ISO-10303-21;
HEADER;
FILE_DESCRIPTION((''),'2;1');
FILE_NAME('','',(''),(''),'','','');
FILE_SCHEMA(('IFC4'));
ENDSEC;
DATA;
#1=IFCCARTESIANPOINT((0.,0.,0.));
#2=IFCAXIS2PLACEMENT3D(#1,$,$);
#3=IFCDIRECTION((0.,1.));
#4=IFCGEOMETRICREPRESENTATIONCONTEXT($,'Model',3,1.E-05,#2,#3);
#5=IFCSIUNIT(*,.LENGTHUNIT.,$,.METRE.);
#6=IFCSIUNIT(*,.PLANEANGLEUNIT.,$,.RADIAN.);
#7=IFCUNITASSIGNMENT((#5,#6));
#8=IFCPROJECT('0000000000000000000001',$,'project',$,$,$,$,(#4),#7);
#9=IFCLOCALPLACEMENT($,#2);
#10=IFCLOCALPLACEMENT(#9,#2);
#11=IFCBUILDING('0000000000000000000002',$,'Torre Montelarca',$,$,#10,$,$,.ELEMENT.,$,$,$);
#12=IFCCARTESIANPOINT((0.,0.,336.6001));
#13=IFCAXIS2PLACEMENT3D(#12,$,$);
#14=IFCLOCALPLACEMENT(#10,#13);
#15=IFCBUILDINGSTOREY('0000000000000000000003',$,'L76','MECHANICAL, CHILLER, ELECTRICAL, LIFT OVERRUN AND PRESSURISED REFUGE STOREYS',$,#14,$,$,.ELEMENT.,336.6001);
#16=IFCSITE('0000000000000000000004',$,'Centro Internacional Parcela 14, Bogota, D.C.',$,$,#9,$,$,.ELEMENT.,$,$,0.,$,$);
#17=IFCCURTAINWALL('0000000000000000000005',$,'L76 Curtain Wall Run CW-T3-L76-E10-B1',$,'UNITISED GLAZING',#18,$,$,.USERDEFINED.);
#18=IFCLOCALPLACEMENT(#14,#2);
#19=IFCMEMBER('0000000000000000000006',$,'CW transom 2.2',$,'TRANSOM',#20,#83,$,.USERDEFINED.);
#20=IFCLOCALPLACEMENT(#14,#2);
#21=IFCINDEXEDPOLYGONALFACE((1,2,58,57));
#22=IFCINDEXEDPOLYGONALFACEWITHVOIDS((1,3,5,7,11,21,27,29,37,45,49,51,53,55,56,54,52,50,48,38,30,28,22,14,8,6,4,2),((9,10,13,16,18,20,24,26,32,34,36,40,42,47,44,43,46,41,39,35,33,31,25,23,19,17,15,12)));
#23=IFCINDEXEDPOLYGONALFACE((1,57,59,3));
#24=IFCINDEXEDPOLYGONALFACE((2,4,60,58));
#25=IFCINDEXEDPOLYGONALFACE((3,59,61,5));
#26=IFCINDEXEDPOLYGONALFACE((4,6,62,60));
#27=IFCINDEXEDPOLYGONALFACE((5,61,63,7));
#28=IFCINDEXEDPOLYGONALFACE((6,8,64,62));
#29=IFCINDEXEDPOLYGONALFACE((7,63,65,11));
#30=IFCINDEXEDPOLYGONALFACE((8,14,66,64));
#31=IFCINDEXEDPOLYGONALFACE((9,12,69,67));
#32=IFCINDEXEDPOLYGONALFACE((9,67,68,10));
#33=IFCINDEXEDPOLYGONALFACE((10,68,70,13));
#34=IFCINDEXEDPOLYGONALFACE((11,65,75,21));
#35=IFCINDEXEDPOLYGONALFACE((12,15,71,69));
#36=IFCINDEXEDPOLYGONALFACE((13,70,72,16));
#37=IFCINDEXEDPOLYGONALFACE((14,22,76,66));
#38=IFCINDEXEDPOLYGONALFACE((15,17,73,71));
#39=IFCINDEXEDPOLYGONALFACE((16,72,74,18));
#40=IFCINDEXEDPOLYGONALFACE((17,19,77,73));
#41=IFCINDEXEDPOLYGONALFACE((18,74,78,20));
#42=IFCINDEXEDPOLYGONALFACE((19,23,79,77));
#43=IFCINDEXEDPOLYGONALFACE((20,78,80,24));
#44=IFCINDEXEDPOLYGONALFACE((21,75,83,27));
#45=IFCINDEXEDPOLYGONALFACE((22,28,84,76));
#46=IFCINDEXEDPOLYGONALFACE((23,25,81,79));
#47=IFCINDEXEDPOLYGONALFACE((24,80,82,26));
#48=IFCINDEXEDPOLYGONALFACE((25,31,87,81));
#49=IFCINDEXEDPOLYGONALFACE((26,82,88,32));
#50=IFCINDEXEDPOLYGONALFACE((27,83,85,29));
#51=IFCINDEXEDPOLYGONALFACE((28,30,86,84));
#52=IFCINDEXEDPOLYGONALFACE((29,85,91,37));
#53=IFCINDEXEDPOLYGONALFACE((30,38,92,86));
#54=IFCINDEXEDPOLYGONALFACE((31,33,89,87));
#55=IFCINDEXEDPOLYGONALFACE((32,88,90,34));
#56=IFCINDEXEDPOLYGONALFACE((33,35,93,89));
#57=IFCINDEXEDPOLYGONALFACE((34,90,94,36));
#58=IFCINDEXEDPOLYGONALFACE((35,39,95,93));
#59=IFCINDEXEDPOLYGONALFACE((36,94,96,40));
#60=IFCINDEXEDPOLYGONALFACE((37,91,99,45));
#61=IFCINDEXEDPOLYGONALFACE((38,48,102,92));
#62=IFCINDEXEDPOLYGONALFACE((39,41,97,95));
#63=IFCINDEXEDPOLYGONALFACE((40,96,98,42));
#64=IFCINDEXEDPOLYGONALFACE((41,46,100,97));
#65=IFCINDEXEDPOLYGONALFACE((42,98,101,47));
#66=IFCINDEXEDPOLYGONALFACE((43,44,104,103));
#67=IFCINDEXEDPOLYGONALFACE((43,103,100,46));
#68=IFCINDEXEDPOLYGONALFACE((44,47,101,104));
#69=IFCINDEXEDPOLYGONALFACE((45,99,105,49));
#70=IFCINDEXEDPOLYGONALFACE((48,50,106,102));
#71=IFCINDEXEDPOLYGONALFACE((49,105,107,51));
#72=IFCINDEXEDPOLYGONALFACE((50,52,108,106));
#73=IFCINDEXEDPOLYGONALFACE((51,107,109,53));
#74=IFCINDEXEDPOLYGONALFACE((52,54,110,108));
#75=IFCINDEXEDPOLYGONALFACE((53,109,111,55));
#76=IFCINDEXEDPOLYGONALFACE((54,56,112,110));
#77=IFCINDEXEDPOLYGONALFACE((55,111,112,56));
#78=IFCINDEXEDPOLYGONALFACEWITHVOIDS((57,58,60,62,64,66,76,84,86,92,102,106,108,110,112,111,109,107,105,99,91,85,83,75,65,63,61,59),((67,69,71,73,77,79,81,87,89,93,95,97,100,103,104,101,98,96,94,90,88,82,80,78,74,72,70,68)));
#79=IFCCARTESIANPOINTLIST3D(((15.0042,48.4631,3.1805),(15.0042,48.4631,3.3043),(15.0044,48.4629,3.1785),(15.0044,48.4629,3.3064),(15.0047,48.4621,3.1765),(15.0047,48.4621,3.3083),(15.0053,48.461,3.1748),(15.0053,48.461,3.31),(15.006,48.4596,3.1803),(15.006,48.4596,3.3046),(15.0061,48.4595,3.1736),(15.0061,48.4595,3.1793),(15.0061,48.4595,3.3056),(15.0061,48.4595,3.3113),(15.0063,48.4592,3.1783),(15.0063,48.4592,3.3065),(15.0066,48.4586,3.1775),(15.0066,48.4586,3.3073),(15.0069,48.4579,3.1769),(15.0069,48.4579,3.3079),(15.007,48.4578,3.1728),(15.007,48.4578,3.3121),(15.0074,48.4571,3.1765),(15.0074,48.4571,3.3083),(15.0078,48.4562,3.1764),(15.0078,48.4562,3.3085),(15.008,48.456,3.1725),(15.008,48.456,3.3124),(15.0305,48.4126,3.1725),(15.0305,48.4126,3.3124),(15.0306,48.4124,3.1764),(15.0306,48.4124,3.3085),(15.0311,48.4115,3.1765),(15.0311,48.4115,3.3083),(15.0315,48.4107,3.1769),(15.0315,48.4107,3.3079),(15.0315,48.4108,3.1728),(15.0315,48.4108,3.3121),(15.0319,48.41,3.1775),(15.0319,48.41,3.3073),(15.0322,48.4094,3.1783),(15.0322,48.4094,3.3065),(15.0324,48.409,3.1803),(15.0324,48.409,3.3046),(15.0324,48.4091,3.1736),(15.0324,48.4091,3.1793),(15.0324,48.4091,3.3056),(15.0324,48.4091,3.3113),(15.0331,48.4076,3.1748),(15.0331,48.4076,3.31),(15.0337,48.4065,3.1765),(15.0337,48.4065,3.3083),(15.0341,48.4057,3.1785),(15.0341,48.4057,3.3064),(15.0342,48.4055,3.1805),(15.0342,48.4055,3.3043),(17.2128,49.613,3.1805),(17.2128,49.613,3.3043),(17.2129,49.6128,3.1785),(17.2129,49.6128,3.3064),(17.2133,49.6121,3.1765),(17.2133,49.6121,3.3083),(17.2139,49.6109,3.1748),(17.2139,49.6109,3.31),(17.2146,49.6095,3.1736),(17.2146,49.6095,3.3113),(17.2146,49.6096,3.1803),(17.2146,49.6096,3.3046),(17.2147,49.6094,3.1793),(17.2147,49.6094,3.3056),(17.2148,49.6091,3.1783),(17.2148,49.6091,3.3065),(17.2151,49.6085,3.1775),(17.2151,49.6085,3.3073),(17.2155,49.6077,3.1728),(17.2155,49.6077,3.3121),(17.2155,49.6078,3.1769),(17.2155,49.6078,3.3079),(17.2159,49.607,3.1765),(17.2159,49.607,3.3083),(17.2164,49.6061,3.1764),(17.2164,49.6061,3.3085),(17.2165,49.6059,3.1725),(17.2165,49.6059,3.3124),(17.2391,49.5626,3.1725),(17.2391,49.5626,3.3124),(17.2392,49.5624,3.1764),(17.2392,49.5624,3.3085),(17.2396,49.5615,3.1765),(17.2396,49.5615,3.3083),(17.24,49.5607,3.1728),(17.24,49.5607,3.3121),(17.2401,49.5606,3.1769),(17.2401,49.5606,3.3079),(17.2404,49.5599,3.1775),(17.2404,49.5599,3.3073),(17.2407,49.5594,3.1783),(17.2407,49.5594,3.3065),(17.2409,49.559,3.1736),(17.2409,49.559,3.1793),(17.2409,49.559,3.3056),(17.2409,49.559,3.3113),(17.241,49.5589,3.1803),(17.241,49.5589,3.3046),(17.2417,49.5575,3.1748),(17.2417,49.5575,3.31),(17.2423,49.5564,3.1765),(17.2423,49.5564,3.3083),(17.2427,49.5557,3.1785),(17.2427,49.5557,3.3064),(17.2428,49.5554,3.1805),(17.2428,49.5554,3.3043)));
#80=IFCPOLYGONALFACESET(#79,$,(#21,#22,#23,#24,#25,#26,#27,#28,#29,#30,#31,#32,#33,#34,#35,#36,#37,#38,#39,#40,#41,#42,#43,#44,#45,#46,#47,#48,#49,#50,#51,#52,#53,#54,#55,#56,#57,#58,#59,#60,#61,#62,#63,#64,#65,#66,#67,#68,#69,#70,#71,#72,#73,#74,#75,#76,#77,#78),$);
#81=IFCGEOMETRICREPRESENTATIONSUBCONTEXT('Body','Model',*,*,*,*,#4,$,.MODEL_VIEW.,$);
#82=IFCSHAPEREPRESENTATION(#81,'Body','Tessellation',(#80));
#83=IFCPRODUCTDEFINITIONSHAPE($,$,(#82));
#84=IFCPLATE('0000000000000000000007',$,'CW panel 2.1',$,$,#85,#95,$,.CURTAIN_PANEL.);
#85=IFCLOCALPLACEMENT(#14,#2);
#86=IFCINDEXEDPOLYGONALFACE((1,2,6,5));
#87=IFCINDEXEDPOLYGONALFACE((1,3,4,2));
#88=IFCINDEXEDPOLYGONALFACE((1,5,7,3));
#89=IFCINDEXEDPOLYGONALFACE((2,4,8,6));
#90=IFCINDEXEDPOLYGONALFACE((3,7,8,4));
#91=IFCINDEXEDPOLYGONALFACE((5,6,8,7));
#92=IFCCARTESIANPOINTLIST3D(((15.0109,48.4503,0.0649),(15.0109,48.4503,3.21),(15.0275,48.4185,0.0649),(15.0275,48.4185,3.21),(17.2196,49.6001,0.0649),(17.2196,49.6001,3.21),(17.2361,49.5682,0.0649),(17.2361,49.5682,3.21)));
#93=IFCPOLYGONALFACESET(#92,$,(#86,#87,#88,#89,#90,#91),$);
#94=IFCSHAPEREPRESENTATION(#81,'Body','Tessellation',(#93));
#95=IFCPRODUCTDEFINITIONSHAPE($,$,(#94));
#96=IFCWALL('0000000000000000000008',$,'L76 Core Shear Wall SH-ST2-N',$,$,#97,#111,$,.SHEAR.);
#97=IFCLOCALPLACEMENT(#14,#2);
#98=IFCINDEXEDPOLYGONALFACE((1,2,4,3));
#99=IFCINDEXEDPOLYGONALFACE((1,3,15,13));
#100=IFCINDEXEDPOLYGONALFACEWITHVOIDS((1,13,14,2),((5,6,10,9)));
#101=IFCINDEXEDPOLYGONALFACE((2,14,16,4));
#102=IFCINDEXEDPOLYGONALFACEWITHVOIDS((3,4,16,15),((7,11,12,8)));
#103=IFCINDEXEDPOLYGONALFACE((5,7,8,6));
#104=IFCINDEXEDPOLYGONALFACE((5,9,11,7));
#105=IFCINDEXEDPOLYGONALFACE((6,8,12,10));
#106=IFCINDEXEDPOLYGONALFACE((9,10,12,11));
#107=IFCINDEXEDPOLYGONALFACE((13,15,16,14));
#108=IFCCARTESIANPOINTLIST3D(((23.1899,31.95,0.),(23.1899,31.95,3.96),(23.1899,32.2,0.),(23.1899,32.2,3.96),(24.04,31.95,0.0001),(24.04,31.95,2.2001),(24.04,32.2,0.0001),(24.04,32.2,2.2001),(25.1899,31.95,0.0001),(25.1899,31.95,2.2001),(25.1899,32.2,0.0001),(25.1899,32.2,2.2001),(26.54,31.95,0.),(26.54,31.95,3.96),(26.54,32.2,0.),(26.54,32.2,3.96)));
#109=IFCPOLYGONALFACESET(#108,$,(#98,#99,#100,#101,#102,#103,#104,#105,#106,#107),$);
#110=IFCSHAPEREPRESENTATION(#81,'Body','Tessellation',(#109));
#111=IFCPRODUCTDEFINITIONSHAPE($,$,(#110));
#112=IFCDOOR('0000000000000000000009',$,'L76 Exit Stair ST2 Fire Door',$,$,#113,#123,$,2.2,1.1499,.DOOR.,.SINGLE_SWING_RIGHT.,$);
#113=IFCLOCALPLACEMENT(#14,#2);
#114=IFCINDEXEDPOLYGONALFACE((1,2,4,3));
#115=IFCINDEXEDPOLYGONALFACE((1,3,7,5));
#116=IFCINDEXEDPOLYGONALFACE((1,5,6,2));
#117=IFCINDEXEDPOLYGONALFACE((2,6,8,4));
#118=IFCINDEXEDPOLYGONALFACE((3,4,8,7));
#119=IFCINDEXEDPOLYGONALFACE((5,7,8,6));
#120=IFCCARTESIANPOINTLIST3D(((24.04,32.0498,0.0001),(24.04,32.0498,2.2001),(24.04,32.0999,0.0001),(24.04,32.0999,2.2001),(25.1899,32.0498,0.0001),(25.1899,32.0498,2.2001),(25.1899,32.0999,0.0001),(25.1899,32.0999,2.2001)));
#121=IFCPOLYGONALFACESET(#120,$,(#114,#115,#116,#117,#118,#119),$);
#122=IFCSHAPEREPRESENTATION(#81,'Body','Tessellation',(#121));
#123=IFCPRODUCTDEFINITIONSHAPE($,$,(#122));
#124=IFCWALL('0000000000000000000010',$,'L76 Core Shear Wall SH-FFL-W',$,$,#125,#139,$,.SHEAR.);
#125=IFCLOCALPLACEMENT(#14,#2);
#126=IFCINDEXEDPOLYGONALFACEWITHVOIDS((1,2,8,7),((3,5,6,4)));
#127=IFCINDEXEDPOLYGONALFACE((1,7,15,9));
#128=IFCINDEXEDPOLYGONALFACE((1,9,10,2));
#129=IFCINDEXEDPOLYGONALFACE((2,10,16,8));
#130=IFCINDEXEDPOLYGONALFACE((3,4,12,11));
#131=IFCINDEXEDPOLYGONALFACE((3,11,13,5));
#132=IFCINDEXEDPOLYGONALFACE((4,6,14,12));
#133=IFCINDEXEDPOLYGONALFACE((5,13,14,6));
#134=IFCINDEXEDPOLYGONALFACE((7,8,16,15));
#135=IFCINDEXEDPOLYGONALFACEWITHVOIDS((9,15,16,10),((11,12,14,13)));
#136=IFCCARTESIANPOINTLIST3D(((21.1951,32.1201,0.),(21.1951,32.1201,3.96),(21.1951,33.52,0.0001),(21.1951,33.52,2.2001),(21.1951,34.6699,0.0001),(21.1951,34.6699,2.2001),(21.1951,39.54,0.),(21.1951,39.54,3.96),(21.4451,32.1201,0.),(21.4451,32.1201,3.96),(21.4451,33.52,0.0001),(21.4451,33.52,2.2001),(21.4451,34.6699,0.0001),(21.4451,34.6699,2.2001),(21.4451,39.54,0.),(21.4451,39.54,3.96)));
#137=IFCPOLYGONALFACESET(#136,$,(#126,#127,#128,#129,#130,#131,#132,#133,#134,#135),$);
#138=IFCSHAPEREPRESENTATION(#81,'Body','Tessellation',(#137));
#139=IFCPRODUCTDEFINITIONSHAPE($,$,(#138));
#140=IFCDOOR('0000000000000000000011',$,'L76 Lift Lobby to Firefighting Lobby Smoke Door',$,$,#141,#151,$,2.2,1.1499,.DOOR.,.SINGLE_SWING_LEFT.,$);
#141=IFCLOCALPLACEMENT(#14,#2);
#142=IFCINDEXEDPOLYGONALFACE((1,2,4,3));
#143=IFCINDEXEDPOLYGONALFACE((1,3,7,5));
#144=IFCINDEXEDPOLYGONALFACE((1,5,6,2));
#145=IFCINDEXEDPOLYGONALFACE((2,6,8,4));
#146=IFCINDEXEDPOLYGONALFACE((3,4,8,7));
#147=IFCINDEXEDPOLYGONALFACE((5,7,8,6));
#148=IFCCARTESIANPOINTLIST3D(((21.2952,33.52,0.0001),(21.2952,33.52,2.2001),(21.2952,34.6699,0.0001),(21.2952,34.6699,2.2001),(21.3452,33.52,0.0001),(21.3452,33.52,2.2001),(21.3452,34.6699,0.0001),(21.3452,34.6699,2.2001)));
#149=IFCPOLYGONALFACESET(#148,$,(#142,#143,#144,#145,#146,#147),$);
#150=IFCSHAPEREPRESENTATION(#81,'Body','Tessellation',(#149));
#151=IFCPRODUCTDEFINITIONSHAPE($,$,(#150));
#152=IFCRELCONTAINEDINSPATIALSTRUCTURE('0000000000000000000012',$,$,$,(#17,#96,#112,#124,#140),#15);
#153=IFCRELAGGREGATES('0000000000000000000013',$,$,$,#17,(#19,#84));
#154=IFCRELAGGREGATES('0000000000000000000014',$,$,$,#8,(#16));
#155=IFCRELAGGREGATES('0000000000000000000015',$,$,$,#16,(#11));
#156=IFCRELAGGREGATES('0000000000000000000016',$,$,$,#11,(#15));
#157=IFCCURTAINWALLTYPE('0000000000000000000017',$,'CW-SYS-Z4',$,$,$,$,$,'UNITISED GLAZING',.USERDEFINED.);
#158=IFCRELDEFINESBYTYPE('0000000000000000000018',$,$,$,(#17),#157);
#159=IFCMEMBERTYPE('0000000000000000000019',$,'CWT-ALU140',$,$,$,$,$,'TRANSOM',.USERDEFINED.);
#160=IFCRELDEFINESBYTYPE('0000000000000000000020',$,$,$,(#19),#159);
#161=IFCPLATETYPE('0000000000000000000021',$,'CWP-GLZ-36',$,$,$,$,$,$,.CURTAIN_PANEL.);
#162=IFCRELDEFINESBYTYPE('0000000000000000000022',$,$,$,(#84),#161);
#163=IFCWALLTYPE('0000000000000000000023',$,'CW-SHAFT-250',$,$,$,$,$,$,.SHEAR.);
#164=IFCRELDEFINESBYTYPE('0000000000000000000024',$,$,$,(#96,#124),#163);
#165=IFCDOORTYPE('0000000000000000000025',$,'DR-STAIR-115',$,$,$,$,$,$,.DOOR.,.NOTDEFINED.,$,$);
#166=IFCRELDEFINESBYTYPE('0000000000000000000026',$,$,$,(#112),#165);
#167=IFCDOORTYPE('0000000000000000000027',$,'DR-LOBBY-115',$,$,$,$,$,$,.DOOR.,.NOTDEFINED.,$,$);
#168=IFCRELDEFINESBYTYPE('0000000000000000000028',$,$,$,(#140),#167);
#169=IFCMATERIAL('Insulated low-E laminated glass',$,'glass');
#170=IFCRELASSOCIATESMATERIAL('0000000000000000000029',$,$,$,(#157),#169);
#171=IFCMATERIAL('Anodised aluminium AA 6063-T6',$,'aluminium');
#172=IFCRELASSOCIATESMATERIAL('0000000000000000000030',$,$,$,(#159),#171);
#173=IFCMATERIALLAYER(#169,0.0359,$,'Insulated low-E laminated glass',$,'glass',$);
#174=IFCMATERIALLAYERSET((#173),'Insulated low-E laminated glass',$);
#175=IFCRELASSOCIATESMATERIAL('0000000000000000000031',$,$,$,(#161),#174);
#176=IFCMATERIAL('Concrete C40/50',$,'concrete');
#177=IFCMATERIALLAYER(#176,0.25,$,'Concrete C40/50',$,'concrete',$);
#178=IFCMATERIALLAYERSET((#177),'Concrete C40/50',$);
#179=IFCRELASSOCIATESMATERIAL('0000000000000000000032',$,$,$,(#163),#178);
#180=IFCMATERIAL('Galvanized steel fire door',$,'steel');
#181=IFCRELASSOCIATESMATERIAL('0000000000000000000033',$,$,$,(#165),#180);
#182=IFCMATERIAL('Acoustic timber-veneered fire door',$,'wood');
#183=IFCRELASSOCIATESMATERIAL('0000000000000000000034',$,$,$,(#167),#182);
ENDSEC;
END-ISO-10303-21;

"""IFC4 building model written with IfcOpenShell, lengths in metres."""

from ifc_helpers import new_model, si_unit, direction, frame, frame_2d, origin, origin_2d, place, context, subcontext, project, spatial, rectangle, hollow_rectangle, extrude, source, transform, mapped, material, layer, layer_set, material_profile, profile_set, type_object, element, fill, aggregate, save


model = new_model("IFC4")

# Units and contexts
model_context = context("Model", 3, precision=1e-05, world=origin(), true_north=direction((0.0, 1.0)))
body_context = subcontext(model_context, "Body", "Model", "MODEL_VIEW")
ifc_project = project(units=[si_unit("LENGTHUNIT", "METRE"), si_unit("PLANEANGLEUNIT", "RADIAN")], contexts=[model_context])

# Site, building, storey
site_placement = place(None, origin())
site = spatial("IfcSite", under=ifc_project, at=site_placement, Name="Centro Internacional Parcela 14, Bogota, D.C.", CompositionType="ELEMENT", RefElevation=0.0)
building_placement = place(site_placement, origin())
building = spatial("IfcBuilding", under=site, at=building_placement, Name="Torre Montelarca", CompositionType="ELEMENT")
storey_placement = place(building_placement, frame((0.0, 0.0, 336.6001)))
storey = spatial("IfcBuildingStorey", under=building, at=storey_placement, Name="L76", Description="MECHANICAL, CHILLER, ELECTRICAL, LIFT OVERRUN AND PRESSURISED REFUGE STOREYS", CompositionType="ELEMENT", Elevation=336.6001)

# Curtain wall, member, plate
ifc_material_1 = material(Name="Insulated low-E laminated glass", Category="glass")
curtain_wall_type = type_object("IfcCurtainWallType", Name="CW-SYS-Z4", ElementType="UNITISED GLAZING", PredefinedType="USERDEFINED", material=ifc_material_1)
curtain_wall_placement = place(storey_placement, origin())
curtain_wall = element("IfcCurtainWall", 1, at=curtain_wall_placement, inside=storey, type_object=curtain_wall_type, Name="L76 Curtain Wall Run CW-T3-L76-E10-B1", ObjectType="UNITISED GLAZING", PredefinedType="USERDEFINED")
ifc_material_2 = material(Name="Anodised aluminium AA 6063-T6", Category="aluminium")
ifc_material_profile_1 = material_profile(ifc_material_2, hollow_rectangle(XDim=0.0649, YDim=0.1399, WallThickness=0.0039, InnerFilletRadius=0.0039, OuterFilletRadius=0.0081, at=origin_2d()), Name="ALU65X140X4", Category="aluminium")
ifc_profile_set_1 = profile_set([ifc_material_profile_1], Name="Anodised aluminium AA 6063-T6")
member_type_1 = type_object("IfcMemberType", Name="CWT-ALU140", ElementType="TRANSOM", PredefinedType="USERDEFINED", material=ifc_profile_set_1)
shared_shape_1 = source(origin(), body_context, "Body", "SweptSolid", [
    extrude(hollow_rectangle(XDim=0.0649, YDim=0.1399, WallThickness=0.0039, InnerFilletRadius=0.0039, OuterFilletRadius=0.0081, at=origin_2d()), origin(), (0.0, 0.0, 1.0), 2.49),
])
member_1_placement = place(storey_placement, frame((17.2278, 49.5842, 3.2424), z_axis=(-0.886973, -0.461822, 0.0), x_axis=(0.461822, -0.886973, 0.0)))
member_1 = element("IfcMember", 2, at=member_1_placement, type_object=member_type_1, Name="CW transom 2.2", ObjectType="TRANSOM", PredefinedType="USERDEFINED", context=body_context, shape_type="MappedRepresentation", body=[
    mapped(shared_shape_1, transform((0.0, 0.0, 0.0), scale=1.0)),
])
ifc_layer_1 = layer(ifc_material_1, 0.0359, Name="Insulated low-E laminated glass", Category="glass")
ifc_layer_set_1 = layer_set([ifc_layer_1], Name="Insulated low-E laminated glass")
plate_type = type_object("IfcPlateType", Name="CWP-GLZ-36", PredefinedType="CURTAIN_PANEL", material=ifc_layer_set_1)
shared_shape_2 = source(origin(), body_context, "Body", "SweptSolid", [
    extrude(rectangle(XDim=2.49, YDim=0.0359, at=origin_2d()), origin(), (0.0, 0.0, 1.0), 3.145),
])
plate_placement = place(storey_placement, frame((16.1235, 49.0093, 0.0649), z_axis=(0.0, 0.0, 1.0), x_axis=(-0.887007, -0.461756, 0.0)))
plate = element("IfcPlate", 3, at=plate_placement, type_object=plate_type, Name="CW panel 2.1", PredefinedType="CURTAIN_PANEL", context=body_context, shape_type="MappedRepresentation", body=[
    mapped(shared_shape_2, transform((0.0, 0.0, 0.0), scale=1.0)),
])
aggregate(curtain_wall, [member_1, plate])

# Walls, openings, doors
ifc_material_3 = material(Name="Concrete C40/50", Category="concrete")
ifc_layer_2 = layer(ifc_material_3, 0.25, Name="Concrete C40/50", Category="concrete")
ifc_layer_set_2 = layer_set([ifc_layer_2], Name="Concrete C40/50")
wall_type_1 = type_object("IfcWallType", Name="CW-SHAFT-250", PredefinedType="SHEAR", material=ifc_layer_set_2)
wall_1_placement = place(storey_placement, frame((23.1899, 32.075, 0.0), z_axis=(0.0, 0.0, 1.0), x_axis=(1.0, 0.0, 0.0)))
wall_1 = element("IfcWall", 4, at=wall_1_placement, inside=storey, type_object=wall_type_1, Name="L76 Core Shear Wall SH-ST2-N", PredefinedType="SHEAR", context=body_context, shape_type="SweptSolid", body=[
    extrude(rectangle(XDim=3.3501, YDim=0.25, at=frame_2d((1.675, 0.0))), origin(), (0.0, 0.0, 1.0), 3.96),
])
opening_1_placement = place(wall_1_placement, frame((0.8501, 0.0, 0.0)))
opening_1 = element("IfcOpeningElement", 5, at=opening_1_placement, cuts=wall_1, PredefinedType="OPENING", context=body_context, shape_type="SweptSolid", body=[
    extrude(rectangle(XDim=1.1499, YDim=2.2, at=frame_2d((0.575, 1.1001))), frame((0.0, 0.135, 0.0), z_axis=(0.0, -1.0, 0.0), x_axis=(1.0, 0.0, 0.0)), (0.0, 0.0, 1.0), 0.27),
])
ifc_material_4 = material(Name="Galvanized steel fire door", Category="steel")
door_type_1 = type_object("IfcDoorType", Name="DR-STAIR-115", OperationType="NOTDEFINED", PredefinedType="DOOR", material=ifc_material_4)
shared_shape_3 = source(origin(), body_context, "Body", "SweptSolid", [
    extrude(rectangle(XDim=1.1499, YDim=2.2, at=frame_2d((0.575, 1.1001))), frame((0.0, 0.0249, 0.0), z_axis=(0.0, -1.0, 0.0), x_axis=(1.0, 0.0, 0.0)), (0.0, 0.0, 1.0), 0.05),
])
door_1_placement = place(opening_1_placement, origin())
door_1 = element("IfcDoor", 6, at=door_1_placement, inside=storey, type_object=door_type_1, Name="L76 Exit Stair ST2 Fire Door", OperationType="SINGLE_SWING_RIGHT", OverallHeight=2.2, OverallWidth=1.1499, PredefinedType="DOOR", context=body_context, shape_type="MappedRepresentation", body=[
    mapped(shared_shape_3, transform((0.0, 0.0, 0.0), scale=1.0)),
])
fill(opening_1, door_1)
wall_2_placement = place(storey_placement, frame((21.3201, 32.1201, 0.0), z_axis=(0.0, 0.0, 1.0), x_axis=(0.0, 1.0, 0.0)))
wall_2 = element("IfcWall", 7, at=wall_2_placement, inside=storey, type_object=wall_type_1, Name="L76 Core Shear Wall SH-FFL-W", PredefinedType="SHEAR", context=body_context, shape_type="SweptSolid", body=[
    extrude(rectangle(XDim=7.4199, YDim=0.25, at=frame_2d((3.71, 0.0))), origin(), (0.0, 0.0, 1.0), 3.96),
])
opening_2_placement = place(wall_2_placement, frame((1.3999, 0.0, 0.0)))
opening_2 = element("IfcOpeningElement", 8, at=opening_2_placement, cuts=wall_2, PredefinedType="OPENING", context=body_context, shape_type="SweptSolid", body=[
    extrude(rectangle(XDim=1.1499, YDim=2.2, at=frame_2d((0.575, 1.1001))), frame((0.0, 0.135, 0.0), z_axis=(0.0, -1.0, 0.0), x_axis=(1.0, 0.0, 0.0)), (0.0, 0.0, 1.0), 0.27),
])
ifc_material_5 = material(Name="Acoustic timber-veneered fire door", Category="wood")
door_type_2 = type_object("IfcDoorType", Name="DR-LOBBY-115", OperationType="NOTDEFINED", PredefinedType="DOOR", material=ifc_material_5)
shared_shape_4 = source(origin(), body_context, "Body", "SweptSolid", [
    extrude(rectangle(XDim=1.1499, YDim=2.2, at=frame_2d((0.575, 1.1001))), frame((0.0, 0.0249, 0.0), z_axis=(0.0, -1.0, 0.0), x_axis=(1.0, 0.0, 0.0)), (0.0, 0.0, 1.0), 0.05),
])
door_2_placement = place(opening_2_placement, origin())
door_2 = element("IfcDoor", 9, at=door_2_placement, inside=storey, type_object=door_type_2, Name="L76 Lift Lobby to Firefighting Lobby Smoke Door", OperationType="SINGLE_SWING_LEFT", OverallHeight=2.2, OverallWidth=1.1499, PredefinedType="DOOR", context=body_context, shape_type="MappedRepresentation", body=[
    mapped(shared_shape_4, transform((0.0, 0.0, 0.0), scale=1.0)),
])
fill(opening_2, door_2)

save(model, "model.ifc")
